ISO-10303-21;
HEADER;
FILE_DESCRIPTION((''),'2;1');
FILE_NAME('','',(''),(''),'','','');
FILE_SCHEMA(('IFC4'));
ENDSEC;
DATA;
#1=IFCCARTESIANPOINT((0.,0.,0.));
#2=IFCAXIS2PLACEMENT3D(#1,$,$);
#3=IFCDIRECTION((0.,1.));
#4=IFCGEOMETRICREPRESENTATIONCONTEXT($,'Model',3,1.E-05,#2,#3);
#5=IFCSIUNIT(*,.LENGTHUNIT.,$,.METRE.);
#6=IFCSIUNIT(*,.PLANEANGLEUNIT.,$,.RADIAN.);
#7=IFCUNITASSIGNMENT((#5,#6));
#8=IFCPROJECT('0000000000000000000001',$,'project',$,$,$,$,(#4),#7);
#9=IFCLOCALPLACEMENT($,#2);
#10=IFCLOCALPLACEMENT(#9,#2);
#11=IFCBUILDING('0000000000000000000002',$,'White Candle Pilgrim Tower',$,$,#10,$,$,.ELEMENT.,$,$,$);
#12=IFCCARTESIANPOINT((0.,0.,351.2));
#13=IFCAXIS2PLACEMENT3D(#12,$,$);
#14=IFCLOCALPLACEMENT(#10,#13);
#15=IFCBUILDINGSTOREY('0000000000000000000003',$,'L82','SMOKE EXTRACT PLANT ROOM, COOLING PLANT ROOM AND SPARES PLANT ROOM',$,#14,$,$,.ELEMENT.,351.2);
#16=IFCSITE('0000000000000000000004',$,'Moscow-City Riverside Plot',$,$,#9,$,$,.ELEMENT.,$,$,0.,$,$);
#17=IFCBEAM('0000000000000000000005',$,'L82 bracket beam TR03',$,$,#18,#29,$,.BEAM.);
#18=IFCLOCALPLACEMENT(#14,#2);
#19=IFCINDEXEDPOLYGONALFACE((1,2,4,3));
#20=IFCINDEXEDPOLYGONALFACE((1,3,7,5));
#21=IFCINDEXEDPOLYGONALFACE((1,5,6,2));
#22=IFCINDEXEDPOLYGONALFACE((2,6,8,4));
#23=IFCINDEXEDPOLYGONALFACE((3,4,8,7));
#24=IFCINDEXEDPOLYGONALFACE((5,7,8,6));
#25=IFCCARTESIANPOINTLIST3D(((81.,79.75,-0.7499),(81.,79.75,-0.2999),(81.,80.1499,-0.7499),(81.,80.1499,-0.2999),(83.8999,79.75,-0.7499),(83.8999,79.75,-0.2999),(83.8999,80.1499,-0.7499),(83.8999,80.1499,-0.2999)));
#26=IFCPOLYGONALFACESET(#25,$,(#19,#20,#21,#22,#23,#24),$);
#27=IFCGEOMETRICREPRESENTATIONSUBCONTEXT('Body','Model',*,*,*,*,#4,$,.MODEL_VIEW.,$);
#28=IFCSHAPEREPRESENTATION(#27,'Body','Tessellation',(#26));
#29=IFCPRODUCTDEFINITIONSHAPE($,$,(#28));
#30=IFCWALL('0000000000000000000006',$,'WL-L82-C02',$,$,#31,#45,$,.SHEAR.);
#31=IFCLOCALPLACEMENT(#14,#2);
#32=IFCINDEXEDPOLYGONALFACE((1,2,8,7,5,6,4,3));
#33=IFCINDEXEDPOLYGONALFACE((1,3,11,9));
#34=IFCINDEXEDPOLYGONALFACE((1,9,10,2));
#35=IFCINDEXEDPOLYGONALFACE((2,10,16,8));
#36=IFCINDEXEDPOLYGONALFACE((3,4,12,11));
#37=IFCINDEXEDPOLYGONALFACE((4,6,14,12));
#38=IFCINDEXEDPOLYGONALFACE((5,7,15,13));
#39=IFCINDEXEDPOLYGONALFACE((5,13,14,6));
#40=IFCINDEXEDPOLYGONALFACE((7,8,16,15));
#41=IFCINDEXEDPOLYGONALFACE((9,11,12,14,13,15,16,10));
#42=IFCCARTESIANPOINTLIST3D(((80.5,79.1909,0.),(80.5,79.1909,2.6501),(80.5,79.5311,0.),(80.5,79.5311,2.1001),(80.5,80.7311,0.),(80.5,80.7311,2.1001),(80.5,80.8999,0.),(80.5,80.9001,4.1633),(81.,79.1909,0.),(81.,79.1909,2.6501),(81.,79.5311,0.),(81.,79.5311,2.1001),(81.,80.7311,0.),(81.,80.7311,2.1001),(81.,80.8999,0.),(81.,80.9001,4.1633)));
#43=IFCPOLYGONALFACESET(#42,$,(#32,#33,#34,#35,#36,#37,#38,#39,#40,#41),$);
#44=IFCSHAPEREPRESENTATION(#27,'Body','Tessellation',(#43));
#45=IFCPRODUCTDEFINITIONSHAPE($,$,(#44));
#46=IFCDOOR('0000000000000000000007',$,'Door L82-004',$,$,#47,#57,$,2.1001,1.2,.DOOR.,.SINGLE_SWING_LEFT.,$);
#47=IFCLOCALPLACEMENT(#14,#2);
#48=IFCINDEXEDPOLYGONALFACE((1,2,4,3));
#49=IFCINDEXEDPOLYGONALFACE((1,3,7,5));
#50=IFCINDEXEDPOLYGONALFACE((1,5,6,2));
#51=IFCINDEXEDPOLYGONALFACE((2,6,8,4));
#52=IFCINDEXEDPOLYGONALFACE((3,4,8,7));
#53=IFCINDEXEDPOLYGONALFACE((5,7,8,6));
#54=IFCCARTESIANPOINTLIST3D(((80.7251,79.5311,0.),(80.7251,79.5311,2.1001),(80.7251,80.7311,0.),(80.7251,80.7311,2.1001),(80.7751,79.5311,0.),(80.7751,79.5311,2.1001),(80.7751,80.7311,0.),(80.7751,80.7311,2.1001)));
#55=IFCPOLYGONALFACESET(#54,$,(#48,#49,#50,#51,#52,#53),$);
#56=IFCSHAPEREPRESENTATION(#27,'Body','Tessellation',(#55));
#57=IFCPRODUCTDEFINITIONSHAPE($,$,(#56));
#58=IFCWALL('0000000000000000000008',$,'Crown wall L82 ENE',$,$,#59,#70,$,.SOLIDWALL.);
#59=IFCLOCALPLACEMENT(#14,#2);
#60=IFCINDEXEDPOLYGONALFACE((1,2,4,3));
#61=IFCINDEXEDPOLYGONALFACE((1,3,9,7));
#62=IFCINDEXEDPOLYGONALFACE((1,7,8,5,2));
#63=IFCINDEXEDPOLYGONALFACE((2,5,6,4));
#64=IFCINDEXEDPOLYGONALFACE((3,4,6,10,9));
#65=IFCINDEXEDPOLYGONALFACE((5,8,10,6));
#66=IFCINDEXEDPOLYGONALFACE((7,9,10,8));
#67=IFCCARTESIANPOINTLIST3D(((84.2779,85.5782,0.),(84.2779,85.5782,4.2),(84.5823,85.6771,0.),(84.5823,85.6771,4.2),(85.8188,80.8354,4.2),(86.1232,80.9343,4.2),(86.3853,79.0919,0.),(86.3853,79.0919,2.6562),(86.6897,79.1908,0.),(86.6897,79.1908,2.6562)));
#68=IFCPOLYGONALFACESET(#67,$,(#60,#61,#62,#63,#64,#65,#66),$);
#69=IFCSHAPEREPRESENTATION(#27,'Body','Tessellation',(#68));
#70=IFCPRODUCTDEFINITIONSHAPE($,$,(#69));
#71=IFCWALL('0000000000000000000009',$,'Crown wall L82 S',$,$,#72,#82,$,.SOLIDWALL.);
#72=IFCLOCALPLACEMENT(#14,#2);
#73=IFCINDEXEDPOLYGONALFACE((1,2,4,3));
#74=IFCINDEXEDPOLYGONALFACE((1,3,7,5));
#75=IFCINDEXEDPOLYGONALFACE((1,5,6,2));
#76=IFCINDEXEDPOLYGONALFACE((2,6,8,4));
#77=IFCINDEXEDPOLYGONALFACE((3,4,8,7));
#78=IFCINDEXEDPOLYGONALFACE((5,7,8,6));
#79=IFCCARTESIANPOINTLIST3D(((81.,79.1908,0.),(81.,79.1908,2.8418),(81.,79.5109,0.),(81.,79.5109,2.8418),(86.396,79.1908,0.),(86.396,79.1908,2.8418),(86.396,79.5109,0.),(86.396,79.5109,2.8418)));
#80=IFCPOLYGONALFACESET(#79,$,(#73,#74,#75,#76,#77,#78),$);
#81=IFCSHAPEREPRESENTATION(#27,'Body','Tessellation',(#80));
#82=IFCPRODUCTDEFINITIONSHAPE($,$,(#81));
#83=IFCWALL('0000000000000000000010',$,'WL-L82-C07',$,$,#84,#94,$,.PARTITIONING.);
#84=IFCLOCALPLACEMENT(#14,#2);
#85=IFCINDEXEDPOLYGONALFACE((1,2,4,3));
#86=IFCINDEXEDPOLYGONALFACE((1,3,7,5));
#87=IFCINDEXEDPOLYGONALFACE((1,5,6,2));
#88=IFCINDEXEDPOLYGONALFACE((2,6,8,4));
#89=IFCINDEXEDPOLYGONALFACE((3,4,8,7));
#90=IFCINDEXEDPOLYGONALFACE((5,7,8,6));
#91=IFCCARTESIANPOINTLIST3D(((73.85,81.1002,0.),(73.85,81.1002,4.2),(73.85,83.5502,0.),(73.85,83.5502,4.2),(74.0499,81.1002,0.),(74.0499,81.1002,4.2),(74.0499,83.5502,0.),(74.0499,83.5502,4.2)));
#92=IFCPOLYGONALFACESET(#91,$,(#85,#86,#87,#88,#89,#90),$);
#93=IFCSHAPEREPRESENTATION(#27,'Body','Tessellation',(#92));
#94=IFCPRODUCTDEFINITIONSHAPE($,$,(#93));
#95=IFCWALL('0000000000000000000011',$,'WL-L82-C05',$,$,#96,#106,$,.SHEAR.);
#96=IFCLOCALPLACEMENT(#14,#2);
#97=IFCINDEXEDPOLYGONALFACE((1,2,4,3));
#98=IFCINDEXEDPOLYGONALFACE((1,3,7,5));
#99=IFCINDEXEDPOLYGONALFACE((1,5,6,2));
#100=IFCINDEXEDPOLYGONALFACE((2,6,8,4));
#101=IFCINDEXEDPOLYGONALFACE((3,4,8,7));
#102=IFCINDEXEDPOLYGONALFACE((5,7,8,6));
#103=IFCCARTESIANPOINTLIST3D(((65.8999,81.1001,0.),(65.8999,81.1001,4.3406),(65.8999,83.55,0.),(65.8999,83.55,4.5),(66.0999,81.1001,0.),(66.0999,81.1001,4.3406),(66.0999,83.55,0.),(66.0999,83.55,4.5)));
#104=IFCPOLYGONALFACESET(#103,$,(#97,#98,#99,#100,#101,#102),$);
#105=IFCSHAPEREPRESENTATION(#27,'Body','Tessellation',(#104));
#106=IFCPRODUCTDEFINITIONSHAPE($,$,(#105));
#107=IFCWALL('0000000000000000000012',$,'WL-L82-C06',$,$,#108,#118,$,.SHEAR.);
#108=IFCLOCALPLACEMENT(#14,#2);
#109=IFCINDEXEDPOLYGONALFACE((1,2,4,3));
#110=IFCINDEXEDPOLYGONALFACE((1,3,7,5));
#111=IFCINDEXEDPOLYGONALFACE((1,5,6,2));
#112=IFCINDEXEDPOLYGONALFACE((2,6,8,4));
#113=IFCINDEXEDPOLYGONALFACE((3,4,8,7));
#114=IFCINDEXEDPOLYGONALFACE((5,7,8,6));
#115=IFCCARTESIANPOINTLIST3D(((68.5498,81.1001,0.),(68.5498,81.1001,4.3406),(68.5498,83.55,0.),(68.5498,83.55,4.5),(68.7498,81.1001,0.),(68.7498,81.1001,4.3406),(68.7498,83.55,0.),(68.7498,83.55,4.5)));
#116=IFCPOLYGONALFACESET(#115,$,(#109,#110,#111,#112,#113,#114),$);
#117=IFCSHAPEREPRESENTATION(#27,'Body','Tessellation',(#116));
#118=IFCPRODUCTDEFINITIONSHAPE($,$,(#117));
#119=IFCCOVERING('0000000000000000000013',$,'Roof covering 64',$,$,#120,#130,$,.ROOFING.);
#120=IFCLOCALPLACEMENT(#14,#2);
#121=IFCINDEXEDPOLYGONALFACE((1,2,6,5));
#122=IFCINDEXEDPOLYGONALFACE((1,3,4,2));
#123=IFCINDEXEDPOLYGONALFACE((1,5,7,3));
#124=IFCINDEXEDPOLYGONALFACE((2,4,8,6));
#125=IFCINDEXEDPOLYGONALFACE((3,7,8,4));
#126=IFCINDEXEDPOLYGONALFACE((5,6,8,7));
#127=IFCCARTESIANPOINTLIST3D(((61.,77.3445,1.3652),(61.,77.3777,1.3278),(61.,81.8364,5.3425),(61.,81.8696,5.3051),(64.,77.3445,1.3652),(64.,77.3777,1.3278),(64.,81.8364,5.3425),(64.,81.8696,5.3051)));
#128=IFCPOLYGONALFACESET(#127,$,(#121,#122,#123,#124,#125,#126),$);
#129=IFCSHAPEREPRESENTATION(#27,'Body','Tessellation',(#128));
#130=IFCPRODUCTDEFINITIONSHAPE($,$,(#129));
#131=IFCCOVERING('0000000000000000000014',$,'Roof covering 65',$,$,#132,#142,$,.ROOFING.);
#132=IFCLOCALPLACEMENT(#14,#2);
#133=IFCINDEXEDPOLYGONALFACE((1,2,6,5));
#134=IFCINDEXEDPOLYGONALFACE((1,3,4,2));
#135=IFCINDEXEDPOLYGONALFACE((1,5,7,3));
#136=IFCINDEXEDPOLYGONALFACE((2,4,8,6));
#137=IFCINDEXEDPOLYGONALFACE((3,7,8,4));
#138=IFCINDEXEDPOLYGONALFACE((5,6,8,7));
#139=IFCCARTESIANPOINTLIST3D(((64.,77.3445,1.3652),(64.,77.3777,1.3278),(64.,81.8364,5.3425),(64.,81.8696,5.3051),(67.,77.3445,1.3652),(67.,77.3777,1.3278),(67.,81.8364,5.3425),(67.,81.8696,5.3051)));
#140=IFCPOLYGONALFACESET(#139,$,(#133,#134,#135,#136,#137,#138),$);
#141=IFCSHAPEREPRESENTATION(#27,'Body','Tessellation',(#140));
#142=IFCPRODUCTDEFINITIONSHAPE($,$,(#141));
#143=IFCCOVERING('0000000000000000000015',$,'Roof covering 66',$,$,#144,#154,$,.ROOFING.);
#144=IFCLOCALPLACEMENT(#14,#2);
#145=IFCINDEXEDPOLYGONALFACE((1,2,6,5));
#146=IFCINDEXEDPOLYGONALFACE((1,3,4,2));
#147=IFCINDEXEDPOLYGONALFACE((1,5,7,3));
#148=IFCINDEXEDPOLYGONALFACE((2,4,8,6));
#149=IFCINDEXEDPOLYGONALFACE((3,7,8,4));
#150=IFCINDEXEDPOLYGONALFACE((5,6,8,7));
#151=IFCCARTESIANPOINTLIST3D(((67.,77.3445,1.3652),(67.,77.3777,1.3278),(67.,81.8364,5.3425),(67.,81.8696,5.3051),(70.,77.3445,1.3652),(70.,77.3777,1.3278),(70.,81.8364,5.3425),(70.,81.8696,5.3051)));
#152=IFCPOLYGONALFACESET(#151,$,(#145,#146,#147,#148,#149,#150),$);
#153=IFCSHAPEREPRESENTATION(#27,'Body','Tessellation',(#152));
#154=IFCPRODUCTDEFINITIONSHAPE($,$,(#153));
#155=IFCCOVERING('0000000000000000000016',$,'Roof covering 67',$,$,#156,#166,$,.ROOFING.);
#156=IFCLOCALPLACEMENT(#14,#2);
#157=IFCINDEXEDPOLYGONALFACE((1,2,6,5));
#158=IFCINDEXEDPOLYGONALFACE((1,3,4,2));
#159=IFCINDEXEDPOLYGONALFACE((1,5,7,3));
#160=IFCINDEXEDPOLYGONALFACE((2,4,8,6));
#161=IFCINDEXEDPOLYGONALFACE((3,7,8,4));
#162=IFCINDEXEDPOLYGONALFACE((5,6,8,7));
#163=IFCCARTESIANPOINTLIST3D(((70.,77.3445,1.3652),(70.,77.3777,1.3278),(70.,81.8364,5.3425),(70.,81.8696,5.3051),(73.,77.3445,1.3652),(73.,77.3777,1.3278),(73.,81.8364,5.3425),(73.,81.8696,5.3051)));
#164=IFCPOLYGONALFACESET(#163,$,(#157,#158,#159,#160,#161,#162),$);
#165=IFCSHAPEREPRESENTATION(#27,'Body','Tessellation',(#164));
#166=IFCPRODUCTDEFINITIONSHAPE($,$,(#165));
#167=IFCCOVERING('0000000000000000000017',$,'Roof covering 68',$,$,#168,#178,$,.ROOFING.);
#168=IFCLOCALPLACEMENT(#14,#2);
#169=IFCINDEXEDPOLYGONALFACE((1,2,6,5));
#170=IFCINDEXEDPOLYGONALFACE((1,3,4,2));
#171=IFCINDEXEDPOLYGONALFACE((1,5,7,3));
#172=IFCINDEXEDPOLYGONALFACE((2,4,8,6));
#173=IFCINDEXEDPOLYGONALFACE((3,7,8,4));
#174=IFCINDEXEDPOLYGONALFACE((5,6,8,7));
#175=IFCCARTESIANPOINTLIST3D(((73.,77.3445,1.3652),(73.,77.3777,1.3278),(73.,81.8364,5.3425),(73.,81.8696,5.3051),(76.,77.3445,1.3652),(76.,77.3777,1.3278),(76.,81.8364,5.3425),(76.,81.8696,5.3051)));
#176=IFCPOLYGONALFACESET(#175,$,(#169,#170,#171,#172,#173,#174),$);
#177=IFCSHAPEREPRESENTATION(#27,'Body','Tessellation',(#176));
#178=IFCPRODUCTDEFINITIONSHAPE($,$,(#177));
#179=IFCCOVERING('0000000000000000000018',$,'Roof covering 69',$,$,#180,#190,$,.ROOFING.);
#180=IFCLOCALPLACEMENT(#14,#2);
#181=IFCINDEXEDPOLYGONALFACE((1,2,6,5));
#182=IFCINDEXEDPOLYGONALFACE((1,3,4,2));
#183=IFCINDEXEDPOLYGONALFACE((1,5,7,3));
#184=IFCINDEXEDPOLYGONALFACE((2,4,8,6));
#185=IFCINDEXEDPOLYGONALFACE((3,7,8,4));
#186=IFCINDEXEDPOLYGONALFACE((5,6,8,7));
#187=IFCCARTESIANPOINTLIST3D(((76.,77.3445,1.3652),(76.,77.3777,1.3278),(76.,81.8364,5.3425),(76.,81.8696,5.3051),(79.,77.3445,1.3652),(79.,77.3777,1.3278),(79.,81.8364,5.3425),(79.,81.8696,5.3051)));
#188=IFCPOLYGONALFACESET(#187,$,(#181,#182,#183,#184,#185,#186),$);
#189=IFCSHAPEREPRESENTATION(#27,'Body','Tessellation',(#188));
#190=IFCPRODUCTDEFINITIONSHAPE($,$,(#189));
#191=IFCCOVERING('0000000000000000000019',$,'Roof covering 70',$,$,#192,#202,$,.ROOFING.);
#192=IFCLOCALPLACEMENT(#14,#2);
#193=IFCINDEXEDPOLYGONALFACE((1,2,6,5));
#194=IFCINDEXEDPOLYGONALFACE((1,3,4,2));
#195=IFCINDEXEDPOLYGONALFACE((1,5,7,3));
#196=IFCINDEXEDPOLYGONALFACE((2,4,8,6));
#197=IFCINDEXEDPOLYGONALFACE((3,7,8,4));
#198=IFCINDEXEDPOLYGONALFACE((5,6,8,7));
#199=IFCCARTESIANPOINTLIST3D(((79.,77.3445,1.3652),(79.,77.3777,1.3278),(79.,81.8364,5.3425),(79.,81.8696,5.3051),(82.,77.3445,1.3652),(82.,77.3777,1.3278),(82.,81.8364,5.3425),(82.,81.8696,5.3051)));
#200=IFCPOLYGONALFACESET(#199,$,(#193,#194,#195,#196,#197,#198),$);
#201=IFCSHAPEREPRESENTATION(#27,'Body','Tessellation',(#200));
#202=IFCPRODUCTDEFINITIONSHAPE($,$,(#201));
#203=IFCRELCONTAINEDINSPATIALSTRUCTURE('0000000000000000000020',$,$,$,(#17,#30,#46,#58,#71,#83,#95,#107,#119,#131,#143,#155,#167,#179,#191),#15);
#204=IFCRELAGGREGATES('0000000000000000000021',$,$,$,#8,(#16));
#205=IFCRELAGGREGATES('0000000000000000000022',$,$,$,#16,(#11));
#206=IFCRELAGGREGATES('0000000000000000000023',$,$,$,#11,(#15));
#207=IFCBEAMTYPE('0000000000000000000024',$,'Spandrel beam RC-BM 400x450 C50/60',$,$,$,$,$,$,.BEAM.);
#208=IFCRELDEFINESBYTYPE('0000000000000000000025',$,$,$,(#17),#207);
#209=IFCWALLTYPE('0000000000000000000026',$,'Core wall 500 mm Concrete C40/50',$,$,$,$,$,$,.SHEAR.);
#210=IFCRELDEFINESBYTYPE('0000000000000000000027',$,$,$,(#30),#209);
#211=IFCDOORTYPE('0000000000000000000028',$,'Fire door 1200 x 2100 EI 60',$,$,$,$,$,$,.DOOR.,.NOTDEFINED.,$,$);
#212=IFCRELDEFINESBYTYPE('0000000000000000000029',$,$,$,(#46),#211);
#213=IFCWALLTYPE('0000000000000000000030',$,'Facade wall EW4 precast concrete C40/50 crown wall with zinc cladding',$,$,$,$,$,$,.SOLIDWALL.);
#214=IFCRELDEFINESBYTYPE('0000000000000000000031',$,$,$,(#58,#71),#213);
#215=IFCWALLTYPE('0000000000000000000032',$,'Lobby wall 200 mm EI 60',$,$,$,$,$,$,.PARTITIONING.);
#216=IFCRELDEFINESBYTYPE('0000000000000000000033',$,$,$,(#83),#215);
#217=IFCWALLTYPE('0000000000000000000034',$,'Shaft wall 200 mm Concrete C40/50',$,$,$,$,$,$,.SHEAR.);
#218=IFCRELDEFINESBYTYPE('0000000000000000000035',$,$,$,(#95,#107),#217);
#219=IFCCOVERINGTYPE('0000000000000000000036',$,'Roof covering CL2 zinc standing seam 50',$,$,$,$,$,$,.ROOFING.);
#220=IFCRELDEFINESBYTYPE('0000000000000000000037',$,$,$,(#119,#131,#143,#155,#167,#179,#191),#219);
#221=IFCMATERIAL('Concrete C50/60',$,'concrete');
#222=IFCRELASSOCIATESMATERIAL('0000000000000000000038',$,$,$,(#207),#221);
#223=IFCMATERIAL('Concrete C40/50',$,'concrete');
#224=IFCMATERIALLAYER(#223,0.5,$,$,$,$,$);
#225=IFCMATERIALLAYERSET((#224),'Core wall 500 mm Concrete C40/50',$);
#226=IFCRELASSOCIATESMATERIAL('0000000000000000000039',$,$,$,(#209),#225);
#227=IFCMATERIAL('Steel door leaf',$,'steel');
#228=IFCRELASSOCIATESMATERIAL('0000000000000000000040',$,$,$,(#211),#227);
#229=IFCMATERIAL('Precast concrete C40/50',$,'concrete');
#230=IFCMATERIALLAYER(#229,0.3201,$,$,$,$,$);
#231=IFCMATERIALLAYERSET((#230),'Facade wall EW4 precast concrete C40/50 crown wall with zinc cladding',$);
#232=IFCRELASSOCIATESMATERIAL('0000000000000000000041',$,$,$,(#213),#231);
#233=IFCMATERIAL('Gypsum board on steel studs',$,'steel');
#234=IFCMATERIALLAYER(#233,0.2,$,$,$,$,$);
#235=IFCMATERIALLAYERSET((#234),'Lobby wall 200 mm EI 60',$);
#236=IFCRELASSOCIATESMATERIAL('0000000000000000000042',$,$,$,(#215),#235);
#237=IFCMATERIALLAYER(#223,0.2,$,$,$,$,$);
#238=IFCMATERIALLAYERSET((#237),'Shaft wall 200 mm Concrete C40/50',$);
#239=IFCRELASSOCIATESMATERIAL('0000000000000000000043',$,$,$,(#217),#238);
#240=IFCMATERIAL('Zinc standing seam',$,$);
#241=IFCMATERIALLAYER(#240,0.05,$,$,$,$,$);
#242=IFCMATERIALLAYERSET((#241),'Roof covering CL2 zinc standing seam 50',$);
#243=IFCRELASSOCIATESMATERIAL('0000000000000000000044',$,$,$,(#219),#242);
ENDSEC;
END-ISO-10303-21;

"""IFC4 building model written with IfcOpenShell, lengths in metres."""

from ifc_helpers import new_model, si_unit, direction, frame, frame_2d, origin, origin_2d, place, context, subcontext, project, spatial, polyline, rectangle, outline, extrude, material, layer, layer_set, material_profile, profile_set, type_object, element, fill, save


model = new_model("IFC4")

# Units and contexts
model_context = context("Model", 3, precision=1e-05, world=origin(), true_north=direction((0.0, 1.0)))
body_context = subcontext(model_context, "Body", "Model", "MODEL_VIEW")
ifc_project = project(units=[si_unit("LENGTHUNIT", "METRE"), si_unit("PLANEANGLEUNIT", "RADIAN")], contexts=[model_context])

# Site, building, storey
site_placement = place(None, origin())
site = spatial("IfcSite", under=ifc_project, at=site_placement, Name="Moscow-City Riverside Plot", CompositionType="ELEMENT", RefElevation=0.0)
building_placement = place(site_placement, origin())
building = spatial("IfcBuilding", under=site, at=building_placement, Name="White Candle Pilgrim Tower", CompositionType="ELEMENT")
storey_placement = place(building_placement, frame((0.0, 0.0, 351.2)))
storey = spatial("IfcBuildingStorey", under=building, at=storey_placement, Name="L82", Description="SMOKE EXTRACT PLANT ROOM, COOLING PLANT ROOM AND SPARES PLANT ROOM", CompositionType="ELEMENT", Elevation=351.2)

# Beam
ifc_material_1 = material(Name="Concrete C50/60", Category="concrete")
ifc_material_profile = material_profile(ifc_material_1, rectangle(XDim=0.3999, YDim=0.45, at=origin_2d()), Name="RC-BM 400x450")
ifc_profile_set = profile_set([ifc_material_profile], Name="Concrete C50/60")
beam_type = type_object("IfcBeamType", Name="Spandrel beam RC-BM 400x450 C50/60", PredefinedType="BEAM", material=ifc_profile_set)
beam_placement = place(storey_placement, frame((81.0, 79.95, -0.5249), z_axis=(1.0, 0.0, 0.0), x_axis=(0.0, 1.0, 0.0)))
element("IfcBeam", 1, at=beam_placement, inside=storey, type_object=beam_type, Name="L82 bracket beam TR03", PredefinedType="BEAM", context=body_context, shape_type="SweptSolid", body=[
    extrude(rectangle(XDim=0.3999, YDim=0.45, at=origin_2d()), origin(), (0.0, 0.0, 1.0), 2.8999),
])

# Wall, opening, door
ifc_material_2 = material(Name="Concrete C40/50", Category="concrete")
ifc_layer_1 = layer(ifc_material_2, 0.5)
ifc_layer_set_1 = layer_set([ifc_layer_1], Name="Core wall 500 mm Concrete C40/50")
wall_type_1 = type_object("IfcWallType", Name="Core wall 500 mm Concrete C40/50", PredefinedType="SHEAR", material=ifc_layer_set_1)
wall_1_placement = place(storey_placement, frame((80.75, 79.1909, 0.0), z_axis=(0.0, 0.0, 1.0), x_axis=(0.0, 1.0, 0.0)))
wall_1 = element("IfcWall", 2, at=wall_1_placement, inside=storey, type_object=wall_type_1, Name="WL-L82-C02", PredefinedType="SHEAR", context=body_context, shape_type="SweptSolid", body=[
    extrude(outline(polyline([(0.0, 0.0), (1.709, 0.0), (1.7092, 4.1633), (0.0, 2.6501), (0.0, 0.0)])), frame((0.0, 0.25, 0.0), z_axis=(0.0, -1.0, 0.0), x_axis=(1.0, 0.0, 0.0)), (0.0, 0.0, 1.0), 0.5),
])
opening_placement = place(wall_1_placement, frame((0.3401, 0.0, 0.0)))
opening = element("IfcOpeningElement", 3, at=opening_placement, cuts=wall_1, PredefinedType="OPENING", context=body_context, shape_type="SweptSolid", body=[
    extrude(rectangle(XDim=1.2, YDim=2.1001, at=frame_2d((0.6001, 1.05))), frame((0.0, 0.26, 0.0), z_axis=(0.0, -1.0, 0.0), x_axis=(1.0, 0.0, 0.0)), (0.0, 0.0, 1.0), 0.52),
])
ifc_material_3 = material(Name="Steel door leaf", Category="steel")
door_type = type_object("IfcDoorType", Name="Fire door 1200 x 2100 EI 60", OperationType="NOTDEFINED", PredefinedType="DOOR", material=ifc_material_3)
door_placement = place(opening_placement, origin())
door = element("IfcDoor", 4, at=door_placement, inside=storey, type_object=door_type, Name="Door L82-004", OperationType="SINGLE_SWING_LEFT", OverallHeight=2.1001, OverallWidth=1.2, PredefinedType="DOOR", context=body_context, shape_type="SweptSolid", body=[
    extrude(rectangle(XDim=1.2, YDim=2.1001, at=frame_2d((0.6001, 1.05))), frame((0.0, 0.0249, 0.0), z_axis=(0.0, -1.0, 0.0), x_axis=(1.0, 0.0, 0.0)), (0.0, 0.0, 1.0), 0.05),
])
fill(opening, door)

# Walls
ifc_material_4 = material(Name="Precast concrete C40/50", Category="concrete")
ifc_layer_2 = layer(ifc_material_4, 0.3201)
ifc_layer_set_2 = layer_set([ifc_layer_2], Name="Facade wall EW4 precast concrete C40/50 crown wall with zinc cladding")
wall_type_2 = type_object("IfcWallType", Name="Facade wall EW4 precast concrete C40/50 crown wall with zinc cladding", PredefinedType="SOLIDWALL", material=ifc_layer_set_2)
wall_2_placement = place(storey_placement, frame((86.5376, 79.1414, 0.0), z_axis=(0.0, 0.0, 1.0), x_axis=(-0.309002, 0.951061, 0.0)))
element("IfcWall", 5, at=wall_2_placement, inside=storey, type_object=wall_type_2, Name="Crown wall L82 ENE", PredefinedType="SOLIDWALL", context=body_context, shape_type="SweptSolid", body=[
    extrude(outline(polyline([(0.0, 0.0), (6.8201, 0.0), (6.8201, 4.2), (1.8333, 4.2), (0.0, 2.6562), (0.0, 0.0)])), frame((0.0, 0.1602, 0.0), z_axis=(0.0, -1.0, 0.0), x_axis=(1.0, 0.0, 0.0)), (0.0, 0.0, 1.0), 0.3201),
])
wall_3_placement = place(storey_placement, frame((81.0, 79.3508, 0.0), z_axis=(0.0, 0.0, 1.0), x_axis=(1.0, 0.0, 0.0)))
element("IfcWall", 6, at=wall_3_placement, inside=storey, type_object=wall_type_2, Name="Crown wall L82 S", PredefinedType="SOLIDWALL", context=body_context, shape_type="SweptSolid", body=[
    extrude(rectangle(XDim=5.396, YDim=0.3201, at=frame_2d((2.698, 0.0))), origin(), (0.0, 0.0, 1.0), 2.8418),
])
ifc_material_5 = material(Name="Gypsum board on steel studs", Category="steel")
ifc_layer_3 = layer(ifc_material_5, 0.2)
ifc_layer_set_3 = layer_set([ifc_layer_3], Name="Lobby wall 200 mm EI 60")
wall_type_3 = type_object("IfcWallType", Name="Lobby wall 200 mm EI 60", PredefinedType="PARTITIONING", material=ifc_layer_set_3)
wall_4_placement = place(storey_placement, frame((73.95, 81.1001, 0.0), z_axis=(0.0, 0.0, 1.0), x_axis=(0.0, 1.0, 0.0)))
element("IfcWall", 7, at=wall_4_placement, inside=storey, type_object=wall_type_3, Name="WL-L82-C07", PredefinedType="PARTITIONING", context=body_context, shape_type="SweptSolid", body=[
    extrude(rectangle(XDim=2.45, YDim=0.2, at=frame_2d((1.2251, 0.0))), origin(), (0.0, 0.0, 1.0), 4.2),
])
ifc_layer_4 = layer(ifc_material_2, 0.2)
ifc_layer_set_4 = layer_set([ifc_layer_4], Name="Shaft wall 200 mm Concrete C40/50")
wall_type_4 = type_object("IfcWallType", Name="Shaft wall 200 mm Concrete C40/50", PredefinedType="SHEAR", material=ifc_layer_set_4)
for number, where, z_axis, x_axis, name in (
    (8, (66.0, 81.1001, 0.0), (0.0, 0.0, 1.0), (0.0, 1.0, 0.0), "WL-L82-C05"),
    (9, (68.6499, 81.1001, 0.0), (0.0, 0.0, 1.0), (0.0, 1.0, 0.0), "WL-L82-C06"),
):
    element("IfcWall", number, at=place(storey_placement, frame(where, z_axis=z_axis, x_axis=x_axis)), inside=storey, type_object=wall_type_4, Name=name, PredefinedType="SHEAR", context=body_context, shape_type="SweptSolid", body=[
        extrude(outline(polyline([(0.0, 0.0), (2.45, 0.0), (2.45, 4.5), (0.0, 4.3406), (0.0, 0.0)])), frame((0.0, 0.1001, 0.0), z_axis=(0.0, -1.0, 0.0), x_axis=(1.0, 0.0, 0.0)), (0.0, 0.0, 1.0), 0.2),
    ])

# Coverings
ifc_material_6 = material(Name="Zinc standing seam")
ifc_layer_5 = layer(ifc_material_6, 0.05)
ifc_layer_set_5 = layer_set([ifc_layer_5], Name="Roof covering CL2 zinc standing seam 50")
covering_type_1 = type_object("IfcCoveringType", Name="Roof covering CL2 zinc standing seam 50", PredefinedType="ROOFING", material=ifc_layer_set_5)
for number, where, z_axis, x_axis, name in (
    (10, (61.0, 77.3445, 1.3652), (0.0, -0.662915, 0.748694), (0.0, 0.748694, 0.662915), "Roof covering 64"),
    (11, (64.0, 77.3445, 1.3652), (0.0, -0.662915, 0.748694), (0.0, 0.748694, 0.662915), "Roof covering 65"),
    (12, (67.0, 77.3445, 1.3652), (0.0, -0.662915, 0.748694), (0.0, 0.748694, 0.662915), "Roof covering 66"),
    (13, (70.0, 77.3445, 1.3652), (0.0, -0.662915, 0.748694), (0.0, 0.748694, 0.662915), "Roof covering 67"),
    (14, (73.0, 77.3445, 1.3652), (0.0, -0.662915, 0.748694), (0.0, 0.748694, 0.662915), "Roof covering 68"),
    (15, (76.0, 77.3445, 1.3652), (0.0, -0.662915, 0.748694), (0.0, 0.748694, 0.662915), "Roof covering 69"),
    (16, (79.0, 77.3445, 1.3652), (0.0, -0.662915, 0.748694), (0.0, 0.748694, 0.662915), "Roof covering 70"),
):
    element("IfcCovering", number, at=place(storey_placement, frame(where, z_axis=z_axis, x_axis=x_axis)), inside=storey, type_object=covering_type_1, Name=name, PredefinedType="ROOFING", context=body_context, shape_type="SweptSolid", body=[
        extrude(outline(polyline([(0.0, 0.0), (5.9997, 0.0), (5.9997, -3.0), (0.0, -3.0), (0.0, 0.0)])), origin(), (0.0, 0.0, -1.0), 0.05),
    ])

save(model, "model.ifc")
